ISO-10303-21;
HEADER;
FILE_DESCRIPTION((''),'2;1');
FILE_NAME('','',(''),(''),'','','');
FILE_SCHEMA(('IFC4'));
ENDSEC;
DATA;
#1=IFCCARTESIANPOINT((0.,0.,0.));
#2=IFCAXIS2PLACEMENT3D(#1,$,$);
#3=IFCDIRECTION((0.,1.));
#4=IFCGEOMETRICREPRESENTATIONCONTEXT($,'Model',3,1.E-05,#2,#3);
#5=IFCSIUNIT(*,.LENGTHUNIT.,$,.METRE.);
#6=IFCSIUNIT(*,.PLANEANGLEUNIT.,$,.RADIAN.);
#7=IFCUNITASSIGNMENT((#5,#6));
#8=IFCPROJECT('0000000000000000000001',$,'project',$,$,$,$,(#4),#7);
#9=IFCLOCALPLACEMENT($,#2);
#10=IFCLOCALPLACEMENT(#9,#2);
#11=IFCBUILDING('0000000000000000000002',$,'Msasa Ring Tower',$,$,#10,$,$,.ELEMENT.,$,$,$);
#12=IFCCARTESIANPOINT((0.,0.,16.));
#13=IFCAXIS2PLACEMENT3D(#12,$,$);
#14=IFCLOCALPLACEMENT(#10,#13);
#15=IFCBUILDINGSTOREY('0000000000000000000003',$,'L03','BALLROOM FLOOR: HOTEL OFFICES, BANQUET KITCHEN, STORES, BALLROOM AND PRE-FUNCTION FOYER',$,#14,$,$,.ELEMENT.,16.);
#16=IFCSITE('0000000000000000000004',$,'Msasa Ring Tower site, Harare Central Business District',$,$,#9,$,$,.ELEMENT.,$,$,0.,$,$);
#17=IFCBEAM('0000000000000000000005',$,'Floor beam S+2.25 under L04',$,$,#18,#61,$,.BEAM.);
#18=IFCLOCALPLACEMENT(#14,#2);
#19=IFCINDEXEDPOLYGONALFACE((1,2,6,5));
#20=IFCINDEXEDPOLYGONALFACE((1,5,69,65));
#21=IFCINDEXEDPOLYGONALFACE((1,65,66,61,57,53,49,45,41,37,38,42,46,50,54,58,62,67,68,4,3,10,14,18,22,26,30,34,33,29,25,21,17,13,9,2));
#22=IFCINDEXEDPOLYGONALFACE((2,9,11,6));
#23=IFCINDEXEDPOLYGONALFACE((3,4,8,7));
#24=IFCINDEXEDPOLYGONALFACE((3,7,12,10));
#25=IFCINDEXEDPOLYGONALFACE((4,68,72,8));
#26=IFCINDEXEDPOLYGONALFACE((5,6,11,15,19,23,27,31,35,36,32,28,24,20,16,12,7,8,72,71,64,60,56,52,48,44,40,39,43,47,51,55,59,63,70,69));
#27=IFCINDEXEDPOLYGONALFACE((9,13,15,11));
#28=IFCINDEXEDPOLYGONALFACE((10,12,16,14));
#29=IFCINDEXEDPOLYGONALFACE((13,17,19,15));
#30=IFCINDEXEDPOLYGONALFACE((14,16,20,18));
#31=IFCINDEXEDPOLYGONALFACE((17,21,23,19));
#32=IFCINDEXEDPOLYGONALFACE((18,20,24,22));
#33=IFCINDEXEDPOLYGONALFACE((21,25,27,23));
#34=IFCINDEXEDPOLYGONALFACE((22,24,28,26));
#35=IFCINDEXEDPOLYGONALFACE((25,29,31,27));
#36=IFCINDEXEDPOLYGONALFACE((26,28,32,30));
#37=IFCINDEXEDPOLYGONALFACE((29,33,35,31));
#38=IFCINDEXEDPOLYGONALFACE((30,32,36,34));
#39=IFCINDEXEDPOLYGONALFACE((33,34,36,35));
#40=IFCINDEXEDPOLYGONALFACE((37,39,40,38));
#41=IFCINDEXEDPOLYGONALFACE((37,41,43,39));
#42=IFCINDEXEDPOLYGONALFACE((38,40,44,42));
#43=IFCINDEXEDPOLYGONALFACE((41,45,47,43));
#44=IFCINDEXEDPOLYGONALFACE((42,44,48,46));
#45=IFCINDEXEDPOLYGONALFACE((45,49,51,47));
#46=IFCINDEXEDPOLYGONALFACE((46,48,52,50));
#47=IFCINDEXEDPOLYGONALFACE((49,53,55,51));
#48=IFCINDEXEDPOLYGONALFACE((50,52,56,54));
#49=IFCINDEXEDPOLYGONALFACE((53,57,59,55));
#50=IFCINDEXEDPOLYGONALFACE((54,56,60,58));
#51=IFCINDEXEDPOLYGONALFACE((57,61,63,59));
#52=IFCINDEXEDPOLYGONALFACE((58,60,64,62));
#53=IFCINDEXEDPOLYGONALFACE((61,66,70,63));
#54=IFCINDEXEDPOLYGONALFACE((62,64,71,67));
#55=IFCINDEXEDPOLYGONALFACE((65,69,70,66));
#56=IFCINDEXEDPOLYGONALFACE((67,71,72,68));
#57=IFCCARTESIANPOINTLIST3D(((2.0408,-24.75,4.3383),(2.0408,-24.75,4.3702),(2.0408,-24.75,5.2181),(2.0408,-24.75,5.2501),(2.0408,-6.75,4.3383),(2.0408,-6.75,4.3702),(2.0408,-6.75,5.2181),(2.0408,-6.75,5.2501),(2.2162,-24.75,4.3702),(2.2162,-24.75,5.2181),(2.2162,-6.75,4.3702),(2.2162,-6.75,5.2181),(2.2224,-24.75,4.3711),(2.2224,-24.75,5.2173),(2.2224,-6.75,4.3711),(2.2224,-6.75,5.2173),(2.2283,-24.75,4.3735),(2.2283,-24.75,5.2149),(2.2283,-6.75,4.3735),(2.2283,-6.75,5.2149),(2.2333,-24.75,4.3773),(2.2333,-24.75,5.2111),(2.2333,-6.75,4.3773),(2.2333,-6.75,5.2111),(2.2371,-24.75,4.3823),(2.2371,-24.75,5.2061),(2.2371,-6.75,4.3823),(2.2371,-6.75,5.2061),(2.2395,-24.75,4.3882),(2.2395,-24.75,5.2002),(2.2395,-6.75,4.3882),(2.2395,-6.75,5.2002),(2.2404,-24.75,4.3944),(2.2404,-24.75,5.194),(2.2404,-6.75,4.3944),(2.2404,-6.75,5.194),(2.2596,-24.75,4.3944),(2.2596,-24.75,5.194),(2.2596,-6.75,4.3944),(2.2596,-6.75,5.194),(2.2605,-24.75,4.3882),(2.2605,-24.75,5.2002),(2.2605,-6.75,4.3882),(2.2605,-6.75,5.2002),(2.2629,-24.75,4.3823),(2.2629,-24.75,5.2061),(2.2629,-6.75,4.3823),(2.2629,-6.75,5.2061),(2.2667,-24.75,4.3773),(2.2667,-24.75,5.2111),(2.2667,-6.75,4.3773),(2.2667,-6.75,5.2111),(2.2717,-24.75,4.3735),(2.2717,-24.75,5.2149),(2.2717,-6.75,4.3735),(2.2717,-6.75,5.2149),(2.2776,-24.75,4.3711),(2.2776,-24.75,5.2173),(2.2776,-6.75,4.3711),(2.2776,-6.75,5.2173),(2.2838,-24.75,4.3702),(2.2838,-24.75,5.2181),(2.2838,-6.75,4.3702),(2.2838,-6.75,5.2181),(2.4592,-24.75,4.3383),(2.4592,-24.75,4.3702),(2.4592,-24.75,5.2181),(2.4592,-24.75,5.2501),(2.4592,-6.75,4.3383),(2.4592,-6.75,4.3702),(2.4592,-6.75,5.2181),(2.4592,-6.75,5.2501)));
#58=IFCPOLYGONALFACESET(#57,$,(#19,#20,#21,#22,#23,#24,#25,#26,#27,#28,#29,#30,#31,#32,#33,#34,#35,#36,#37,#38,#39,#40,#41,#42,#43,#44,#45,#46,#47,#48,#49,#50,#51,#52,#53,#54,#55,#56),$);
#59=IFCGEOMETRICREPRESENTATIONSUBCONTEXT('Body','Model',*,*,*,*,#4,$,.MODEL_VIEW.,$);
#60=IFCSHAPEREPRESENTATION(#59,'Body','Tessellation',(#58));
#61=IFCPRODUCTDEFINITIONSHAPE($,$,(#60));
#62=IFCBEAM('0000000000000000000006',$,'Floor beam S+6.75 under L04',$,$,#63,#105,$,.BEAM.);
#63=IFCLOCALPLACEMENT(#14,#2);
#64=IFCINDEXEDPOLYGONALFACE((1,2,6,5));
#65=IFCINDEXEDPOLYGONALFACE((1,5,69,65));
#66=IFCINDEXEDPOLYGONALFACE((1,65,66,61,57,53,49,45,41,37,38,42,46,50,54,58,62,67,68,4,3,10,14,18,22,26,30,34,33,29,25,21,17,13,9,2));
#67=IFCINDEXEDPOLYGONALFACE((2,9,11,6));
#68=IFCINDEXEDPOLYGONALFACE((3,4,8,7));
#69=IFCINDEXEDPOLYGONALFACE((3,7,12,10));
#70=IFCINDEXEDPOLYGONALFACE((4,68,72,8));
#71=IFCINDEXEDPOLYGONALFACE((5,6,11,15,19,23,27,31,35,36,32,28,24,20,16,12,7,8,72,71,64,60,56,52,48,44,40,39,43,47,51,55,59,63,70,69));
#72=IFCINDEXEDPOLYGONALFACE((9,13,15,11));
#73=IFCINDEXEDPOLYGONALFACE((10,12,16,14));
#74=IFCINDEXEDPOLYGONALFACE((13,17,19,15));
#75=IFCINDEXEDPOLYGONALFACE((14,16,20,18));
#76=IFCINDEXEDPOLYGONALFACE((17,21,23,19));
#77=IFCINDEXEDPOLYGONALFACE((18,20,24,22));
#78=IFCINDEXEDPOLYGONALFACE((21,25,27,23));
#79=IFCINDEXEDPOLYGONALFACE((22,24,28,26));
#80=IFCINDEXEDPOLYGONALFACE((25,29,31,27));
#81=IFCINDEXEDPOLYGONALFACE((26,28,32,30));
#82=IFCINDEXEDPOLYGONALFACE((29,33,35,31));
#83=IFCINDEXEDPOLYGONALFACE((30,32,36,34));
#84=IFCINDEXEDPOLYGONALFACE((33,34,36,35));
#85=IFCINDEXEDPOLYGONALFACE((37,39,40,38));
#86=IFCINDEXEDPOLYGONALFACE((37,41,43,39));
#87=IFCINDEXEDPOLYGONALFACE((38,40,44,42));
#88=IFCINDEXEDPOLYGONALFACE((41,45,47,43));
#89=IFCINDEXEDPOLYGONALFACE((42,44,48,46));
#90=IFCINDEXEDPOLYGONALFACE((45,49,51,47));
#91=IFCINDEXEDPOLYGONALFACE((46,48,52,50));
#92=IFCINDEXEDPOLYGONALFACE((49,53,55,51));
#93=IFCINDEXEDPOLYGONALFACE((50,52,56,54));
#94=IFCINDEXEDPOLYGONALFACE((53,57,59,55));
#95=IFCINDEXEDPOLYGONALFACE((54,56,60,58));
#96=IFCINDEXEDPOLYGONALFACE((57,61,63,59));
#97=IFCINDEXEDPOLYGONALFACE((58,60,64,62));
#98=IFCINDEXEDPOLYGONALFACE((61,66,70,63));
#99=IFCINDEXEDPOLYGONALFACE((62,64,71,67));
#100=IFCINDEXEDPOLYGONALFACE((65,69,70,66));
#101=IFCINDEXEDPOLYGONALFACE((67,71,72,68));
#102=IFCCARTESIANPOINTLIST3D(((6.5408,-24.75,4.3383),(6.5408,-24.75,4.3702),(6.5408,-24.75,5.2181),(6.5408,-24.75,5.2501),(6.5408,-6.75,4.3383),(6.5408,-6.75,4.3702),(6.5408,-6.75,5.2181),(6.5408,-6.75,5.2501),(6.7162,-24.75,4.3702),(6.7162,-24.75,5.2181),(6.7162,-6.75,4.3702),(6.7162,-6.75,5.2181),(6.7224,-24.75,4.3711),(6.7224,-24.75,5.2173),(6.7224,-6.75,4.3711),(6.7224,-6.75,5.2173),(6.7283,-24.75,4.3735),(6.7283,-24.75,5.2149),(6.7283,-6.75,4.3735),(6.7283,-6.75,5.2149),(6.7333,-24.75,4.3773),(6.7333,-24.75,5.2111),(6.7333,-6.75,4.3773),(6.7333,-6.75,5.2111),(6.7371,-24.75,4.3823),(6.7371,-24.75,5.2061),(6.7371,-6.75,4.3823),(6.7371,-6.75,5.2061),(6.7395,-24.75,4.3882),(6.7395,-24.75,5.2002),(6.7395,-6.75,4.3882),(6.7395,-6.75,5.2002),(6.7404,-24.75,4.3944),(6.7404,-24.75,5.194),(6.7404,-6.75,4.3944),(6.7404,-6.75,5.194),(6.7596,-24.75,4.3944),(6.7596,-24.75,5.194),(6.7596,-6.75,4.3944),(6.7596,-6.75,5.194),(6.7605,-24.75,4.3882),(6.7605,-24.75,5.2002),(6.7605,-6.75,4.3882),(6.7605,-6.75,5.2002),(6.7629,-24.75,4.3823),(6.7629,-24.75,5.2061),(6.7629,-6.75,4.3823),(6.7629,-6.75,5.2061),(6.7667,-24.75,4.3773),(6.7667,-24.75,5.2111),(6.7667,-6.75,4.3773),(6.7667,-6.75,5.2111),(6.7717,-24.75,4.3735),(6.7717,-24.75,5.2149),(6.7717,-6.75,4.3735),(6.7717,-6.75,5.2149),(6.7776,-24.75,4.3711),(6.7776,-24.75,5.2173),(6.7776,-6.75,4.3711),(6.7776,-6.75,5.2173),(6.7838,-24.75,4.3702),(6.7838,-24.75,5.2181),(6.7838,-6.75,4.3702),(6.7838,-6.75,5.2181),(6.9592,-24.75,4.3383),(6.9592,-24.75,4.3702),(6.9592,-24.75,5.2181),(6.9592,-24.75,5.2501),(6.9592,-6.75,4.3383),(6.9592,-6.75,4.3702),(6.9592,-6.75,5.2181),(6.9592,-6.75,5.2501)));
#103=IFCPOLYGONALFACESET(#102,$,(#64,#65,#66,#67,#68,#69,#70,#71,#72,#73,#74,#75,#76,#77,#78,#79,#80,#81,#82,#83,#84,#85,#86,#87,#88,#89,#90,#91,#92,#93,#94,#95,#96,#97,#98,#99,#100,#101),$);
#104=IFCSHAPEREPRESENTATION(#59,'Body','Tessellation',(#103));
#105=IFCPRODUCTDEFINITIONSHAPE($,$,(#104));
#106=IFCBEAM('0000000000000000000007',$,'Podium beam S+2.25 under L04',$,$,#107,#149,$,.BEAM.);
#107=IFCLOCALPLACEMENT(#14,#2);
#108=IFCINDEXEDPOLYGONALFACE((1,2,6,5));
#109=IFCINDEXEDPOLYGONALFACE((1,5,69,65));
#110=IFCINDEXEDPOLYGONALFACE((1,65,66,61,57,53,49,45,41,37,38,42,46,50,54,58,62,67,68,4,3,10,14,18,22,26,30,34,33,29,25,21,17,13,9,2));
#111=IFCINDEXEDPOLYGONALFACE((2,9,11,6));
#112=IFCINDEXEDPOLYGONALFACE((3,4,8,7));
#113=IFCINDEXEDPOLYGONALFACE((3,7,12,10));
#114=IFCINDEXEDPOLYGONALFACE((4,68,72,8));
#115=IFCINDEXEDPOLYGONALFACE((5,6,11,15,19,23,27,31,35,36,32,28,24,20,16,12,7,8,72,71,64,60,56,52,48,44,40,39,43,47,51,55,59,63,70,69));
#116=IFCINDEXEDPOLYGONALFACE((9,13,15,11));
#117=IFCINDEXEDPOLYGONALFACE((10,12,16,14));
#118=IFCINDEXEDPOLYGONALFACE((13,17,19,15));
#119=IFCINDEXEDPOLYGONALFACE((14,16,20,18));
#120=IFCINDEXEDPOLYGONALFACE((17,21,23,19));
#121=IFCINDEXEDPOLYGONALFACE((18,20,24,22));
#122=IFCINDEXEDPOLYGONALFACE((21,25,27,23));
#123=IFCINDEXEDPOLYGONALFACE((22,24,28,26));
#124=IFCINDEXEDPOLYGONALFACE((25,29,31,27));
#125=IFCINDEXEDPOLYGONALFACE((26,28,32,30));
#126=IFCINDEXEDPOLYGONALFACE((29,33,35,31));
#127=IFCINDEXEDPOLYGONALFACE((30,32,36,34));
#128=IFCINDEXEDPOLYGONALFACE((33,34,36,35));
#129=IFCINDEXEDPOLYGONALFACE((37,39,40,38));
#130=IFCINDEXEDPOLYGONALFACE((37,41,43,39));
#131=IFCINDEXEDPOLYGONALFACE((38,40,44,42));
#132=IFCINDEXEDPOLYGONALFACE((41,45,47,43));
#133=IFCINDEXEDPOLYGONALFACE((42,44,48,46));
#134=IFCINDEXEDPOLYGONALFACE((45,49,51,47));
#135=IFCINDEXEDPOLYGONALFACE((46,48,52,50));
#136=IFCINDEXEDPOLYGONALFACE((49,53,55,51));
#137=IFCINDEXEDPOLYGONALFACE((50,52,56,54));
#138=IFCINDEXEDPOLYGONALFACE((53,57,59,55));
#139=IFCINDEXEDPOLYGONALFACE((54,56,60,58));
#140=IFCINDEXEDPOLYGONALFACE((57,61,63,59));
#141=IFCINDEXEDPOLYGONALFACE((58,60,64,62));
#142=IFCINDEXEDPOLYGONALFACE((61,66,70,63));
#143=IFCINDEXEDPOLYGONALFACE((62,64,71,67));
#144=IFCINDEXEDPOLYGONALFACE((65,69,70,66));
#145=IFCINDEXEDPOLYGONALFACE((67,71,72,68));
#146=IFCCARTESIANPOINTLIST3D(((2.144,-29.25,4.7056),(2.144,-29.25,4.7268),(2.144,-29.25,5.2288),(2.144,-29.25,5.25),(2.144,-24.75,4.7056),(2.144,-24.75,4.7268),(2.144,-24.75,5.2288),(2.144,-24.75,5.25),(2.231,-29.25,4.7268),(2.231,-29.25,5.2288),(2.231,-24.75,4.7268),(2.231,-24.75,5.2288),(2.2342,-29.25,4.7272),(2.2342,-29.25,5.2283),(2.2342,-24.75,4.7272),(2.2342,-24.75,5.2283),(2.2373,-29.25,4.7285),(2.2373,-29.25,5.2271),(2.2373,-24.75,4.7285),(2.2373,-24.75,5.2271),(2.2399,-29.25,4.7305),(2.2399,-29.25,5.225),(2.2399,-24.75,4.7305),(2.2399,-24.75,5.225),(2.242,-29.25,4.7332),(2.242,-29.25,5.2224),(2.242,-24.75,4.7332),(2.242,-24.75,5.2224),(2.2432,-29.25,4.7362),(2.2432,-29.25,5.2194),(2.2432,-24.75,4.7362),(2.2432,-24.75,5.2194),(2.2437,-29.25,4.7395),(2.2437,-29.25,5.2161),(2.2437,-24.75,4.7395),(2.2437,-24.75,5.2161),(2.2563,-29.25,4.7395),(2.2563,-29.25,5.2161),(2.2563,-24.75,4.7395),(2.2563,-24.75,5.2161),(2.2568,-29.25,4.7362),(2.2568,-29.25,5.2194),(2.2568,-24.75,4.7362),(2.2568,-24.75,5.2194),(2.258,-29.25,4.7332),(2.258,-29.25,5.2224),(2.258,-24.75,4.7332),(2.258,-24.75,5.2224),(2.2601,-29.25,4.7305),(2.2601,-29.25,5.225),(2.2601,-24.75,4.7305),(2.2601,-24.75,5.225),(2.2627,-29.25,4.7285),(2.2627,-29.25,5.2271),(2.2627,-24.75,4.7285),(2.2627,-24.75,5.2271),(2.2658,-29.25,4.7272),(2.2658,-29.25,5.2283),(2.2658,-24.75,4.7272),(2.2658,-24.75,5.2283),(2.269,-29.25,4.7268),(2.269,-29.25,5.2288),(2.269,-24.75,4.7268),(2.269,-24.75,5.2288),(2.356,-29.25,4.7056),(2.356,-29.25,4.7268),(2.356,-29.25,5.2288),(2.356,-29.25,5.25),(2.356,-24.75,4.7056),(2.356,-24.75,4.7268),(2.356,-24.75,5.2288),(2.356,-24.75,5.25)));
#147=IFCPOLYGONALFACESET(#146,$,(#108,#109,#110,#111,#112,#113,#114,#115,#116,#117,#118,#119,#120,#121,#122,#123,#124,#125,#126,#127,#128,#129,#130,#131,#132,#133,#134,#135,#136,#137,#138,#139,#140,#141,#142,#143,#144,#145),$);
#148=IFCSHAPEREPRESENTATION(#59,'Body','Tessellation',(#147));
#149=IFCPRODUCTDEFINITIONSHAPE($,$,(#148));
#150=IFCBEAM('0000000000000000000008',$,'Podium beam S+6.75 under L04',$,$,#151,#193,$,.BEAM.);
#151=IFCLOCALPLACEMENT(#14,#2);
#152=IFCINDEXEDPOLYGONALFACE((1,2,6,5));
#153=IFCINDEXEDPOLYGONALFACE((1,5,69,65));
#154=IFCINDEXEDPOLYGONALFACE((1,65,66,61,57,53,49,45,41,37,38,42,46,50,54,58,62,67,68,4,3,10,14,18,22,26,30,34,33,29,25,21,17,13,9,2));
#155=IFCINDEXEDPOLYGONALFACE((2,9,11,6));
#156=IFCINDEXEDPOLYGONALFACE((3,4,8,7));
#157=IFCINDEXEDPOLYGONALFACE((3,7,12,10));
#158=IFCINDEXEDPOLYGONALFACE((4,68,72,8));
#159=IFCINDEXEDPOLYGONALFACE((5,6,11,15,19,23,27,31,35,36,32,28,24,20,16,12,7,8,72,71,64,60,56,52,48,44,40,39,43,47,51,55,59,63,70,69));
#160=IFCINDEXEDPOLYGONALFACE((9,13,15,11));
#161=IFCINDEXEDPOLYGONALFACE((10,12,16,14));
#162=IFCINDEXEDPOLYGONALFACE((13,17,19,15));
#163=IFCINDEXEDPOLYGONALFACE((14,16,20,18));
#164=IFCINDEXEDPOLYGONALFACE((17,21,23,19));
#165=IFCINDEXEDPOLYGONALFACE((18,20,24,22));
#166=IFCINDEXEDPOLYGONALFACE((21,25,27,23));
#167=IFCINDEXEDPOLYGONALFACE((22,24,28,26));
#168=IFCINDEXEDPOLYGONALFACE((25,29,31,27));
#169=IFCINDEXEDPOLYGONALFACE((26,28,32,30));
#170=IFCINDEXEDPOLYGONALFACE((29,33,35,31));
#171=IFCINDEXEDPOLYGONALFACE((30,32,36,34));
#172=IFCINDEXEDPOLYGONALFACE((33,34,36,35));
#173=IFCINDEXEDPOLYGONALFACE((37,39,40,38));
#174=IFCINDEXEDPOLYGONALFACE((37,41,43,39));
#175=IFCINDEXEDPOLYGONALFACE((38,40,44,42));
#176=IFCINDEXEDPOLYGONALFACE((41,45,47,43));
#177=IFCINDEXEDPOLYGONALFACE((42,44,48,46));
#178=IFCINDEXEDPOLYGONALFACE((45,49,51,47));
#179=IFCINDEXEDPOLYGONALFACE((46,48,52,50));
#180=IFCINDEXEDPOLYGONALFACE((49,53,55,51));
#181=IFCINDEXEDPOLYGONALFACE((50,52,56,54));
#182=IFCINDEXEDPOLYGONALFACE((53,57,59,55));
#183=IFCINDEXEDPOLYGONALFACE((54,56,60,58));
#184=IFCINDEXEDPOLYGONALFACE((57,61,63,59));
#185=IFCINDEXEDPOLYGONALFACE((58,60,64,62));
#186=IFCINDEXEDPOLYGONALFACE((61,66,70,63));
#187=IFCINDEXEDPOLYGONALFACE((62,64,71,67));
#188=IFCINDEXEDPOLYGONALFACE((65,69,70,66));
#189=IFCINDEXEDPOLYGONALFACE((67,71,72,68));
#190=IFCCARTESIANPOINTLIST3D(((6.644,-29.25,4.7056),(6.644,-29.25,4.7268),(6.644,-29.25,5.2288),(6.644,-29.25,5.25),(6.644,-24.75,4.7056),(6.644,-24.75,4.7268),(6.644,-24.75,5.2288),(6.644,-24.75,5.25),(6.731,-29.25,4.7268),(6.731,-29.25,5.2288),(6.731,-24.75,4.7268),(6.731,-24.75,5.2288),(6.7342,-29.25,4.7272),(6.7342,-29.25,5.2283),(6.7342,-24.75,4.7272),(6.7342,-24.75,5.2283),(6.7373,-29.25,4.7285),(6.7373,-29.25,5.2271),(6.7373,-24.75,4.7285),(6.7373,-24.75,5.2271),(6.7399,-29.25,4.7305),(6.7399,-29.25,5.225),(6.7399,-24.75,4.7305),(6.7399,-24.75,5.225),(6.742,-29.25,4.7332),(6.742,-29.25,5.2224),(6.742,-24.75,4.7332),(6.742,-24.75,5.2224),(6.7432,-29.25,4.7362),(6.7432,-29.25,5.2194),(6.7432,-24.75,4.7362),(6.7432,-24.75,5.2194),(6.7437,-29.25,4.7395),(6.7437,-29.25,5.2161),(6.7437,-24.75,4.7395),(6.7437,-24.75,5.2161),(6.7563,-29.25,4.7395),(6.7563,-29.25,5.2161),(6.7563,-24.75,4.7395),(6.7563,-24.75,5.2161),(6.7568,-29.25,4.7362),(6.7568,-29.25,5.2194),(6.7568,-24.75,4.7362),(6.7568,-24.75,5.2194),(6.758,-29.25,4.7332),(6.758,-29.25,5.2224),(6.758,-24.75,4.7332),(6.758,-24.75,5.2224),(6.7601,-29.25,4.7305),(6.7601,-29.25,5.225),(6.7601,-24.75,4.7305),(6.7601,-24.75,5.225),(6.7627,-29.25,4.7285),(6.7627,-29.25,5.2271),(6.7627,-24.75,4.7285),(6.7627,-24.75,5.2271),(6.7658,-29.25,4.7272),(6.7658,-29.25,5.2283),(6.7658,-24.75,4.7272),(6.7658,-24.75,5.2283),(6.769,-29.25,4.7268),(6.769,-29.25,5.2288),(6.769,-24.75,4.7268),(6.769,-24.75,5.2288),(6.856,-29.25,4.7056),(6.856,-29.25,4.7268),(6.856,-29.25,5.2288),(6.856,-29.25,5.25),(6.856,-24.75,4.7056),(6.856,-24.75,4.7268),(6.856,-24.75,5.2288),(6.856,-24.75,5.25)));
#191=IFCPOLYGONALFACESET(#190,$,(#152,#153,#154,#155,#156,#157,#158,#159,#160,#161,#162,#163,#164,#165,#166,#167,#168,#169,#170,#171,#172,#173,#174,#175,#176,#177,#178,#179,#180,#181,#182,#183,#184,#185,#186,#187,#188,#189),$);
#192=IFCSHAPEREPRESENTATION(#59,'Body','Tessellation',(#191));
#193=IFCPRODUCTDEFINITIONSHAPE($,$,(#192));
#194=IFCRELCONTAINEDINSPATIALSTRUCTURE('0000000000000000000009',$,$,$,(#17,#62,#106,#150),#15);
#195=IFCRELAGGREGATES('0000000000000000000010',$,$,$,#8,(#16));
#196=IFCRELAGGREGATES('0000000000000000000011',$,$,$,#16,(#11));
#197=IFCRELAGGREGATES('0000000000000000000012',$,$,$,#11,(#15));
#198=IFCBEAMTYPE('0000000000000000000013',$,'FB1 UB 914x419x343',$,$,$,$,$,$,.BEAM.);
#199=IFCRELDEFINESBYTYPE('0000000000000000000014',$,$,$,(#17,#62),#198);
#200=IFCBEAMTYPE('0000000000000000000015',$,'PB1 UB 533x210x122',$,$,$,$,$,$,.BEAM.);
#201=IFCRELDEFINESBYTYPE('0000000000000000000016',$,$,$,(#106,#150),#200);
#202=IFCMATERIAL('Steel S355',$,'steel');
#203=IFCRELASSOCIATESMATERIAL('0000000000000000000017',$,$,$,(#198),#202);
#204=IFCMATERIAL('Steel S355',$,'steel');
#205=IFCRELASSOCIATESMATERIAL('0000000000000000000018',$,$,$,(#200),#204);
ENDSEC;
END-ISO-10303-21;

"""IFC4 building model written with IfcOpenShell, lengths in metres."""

from ifc_helpers import new_model, si_unit, direction, frame, origin, origin_2d, place, context, subcontext, project, spatial, i_section, extrude, material, material_profile, profile_set, type_object, element, save


model = new_model("IFC4")

# Units and contexts
model_context = context("Model", 3, precision=1e-05, world=origin(), true_north=direction((0.0, 1.0)))
body_context = subcontext(model_context, "Body", "Model", "MODEL_VIEW")
ifc_project = project(units=[si_unit("LENGTHUNIT", "METRE"), si_unit("PLANEANGLEUNIT", "RADIAN")], contexts=[model_context])

# Site, building, storey
site_placement = place(None, origin())
site = spatial("IfcSite", under=ifc_project, at=site_placement, Name="Msasa Ring Tower site, Harare Central Business District", CompositionType="ELEMENT", RefElevation=0.0)
building_placement = place(site_placement, origin())
building = spatial("IfcBuilding", under=site, at=building_placement, Name="Msasa Ring Tower", CompositionType="ELEMENT")
storey_placement = place(building_placement, frame((0.0, 0.0, 16.0)))
storey = spatial("IfcBuildingStorey", under=building, at=storey_placement, Name="L03", Description="BALLROOM FLOOR: HOTEL OFFICES, BANQUET KITCHEN, STORES, BALLROOM AND PRE-FUNCTION FOYER", CompositionType="ELEMENT", Elevation=16.0)

# Beams
ifc_material_1 = material(Name="Steel S355", Category="steel")
ifc_material_profile_1 = material_profile(ifc_material_1, i_section(OverallWidth=0.4185, OverallDepth=0.9119, WebThickness=0.0193, FlangeThickness=0.032, FilletRadius=0.0242, at=origin_2d()), Name="UB 914x419x343")
ifc_profile_set_1 = profile_set([ifc_material_profile_1], Name="Steel S355")
beam_type_1 = type_object("IfcBeamType", Name="FB1 UB 914x419x343", PredefinedType="BEAM", material=ifc_profile_set_1)
for number, where, z_axis, x_axis, name in (
    (1, (2.25, -24.75, 4.7942), (0.0, 1.0, 0.0), (-1.0, 0.0, 0.0), "Floor beam S+2.25 under L04"),
    (2, (6.75, -24.75, 4.7942), (0.0, 1.0, 0.0), (-1.0, 0.0, 0.0), "Floor beam S+6.75 under L04"),
):
    element("IfcBeam", number, at=place(storey_placement, frame(where, z_axis=z_axis, x_axis=x_axis)), inside=storey, type_object=beam_type_1, Name=name, PredefinedType="BEAM", context=body_context, shape_type="SweptSolid", body=[
        extrude(i_section(OverallWidth=0.4185, OverallDepth=0.9119, WebThickness=0.0193, FlangeThickness=0.032, FilletRadius=0.0242, at=origin_2d()), origin(), (0.0, 0.0, 1.0), 18.0),
    ])
ifc_material_2 = material(Name="Steel S355", Category="steel")
ifc_material_profile_2 = material_profile(ifc_material_2, i_section(OverallWidth=0.2119, OverallDepth=0.5444, WebThickness=0.0127, FlangeThickness=0.0212, FilletRadius=0.0127, at=origin_2d()), Name="UB 533x210x122")
ifc_profile_set_2 = profile_set([ifc_material_profile_2], Name="Steel S355")
beam_type_2 = type_object("IfcBeamType", Name="PB1 UB 533x210x122", PredefinedType="BEAM", material=ifc_profile_set_2)
for number, where, z_axis, x_axis, name in (
    (3, (2.25, -29.25, 4.9778), (0.0, 1.0, 0.0), (-1.0, 0.0, 0.0), "Podium beam S+2.25 under L04"),
    (4, (6.75, -29.25, 4.9778), (0.0, 1.0, 0.0), (-1.0, 0.0, 0.0), "Podium beam S+6.75 under L04"),
):
    element("IfcBeam", number, at=place(storey_placement, frame(where, z_axis=z_axis, x_axis=x_axis)), inside=storey, type_object=beam_type_2, Name=name, PredefinedType="BEAM", context=body_context, shape_type="SweptSolid", body=[
        extrude(i_section(OverallWidth=0.2119, OverallDepth=0.5444, WebThickness=0.0127, FlangeThickness=0.0212, FilletRadius=0.0127, at=origin_2d()), origin(), (0.0, 0.0, 1.0), 4.5),
    ])

save(model, "model.ifc")
